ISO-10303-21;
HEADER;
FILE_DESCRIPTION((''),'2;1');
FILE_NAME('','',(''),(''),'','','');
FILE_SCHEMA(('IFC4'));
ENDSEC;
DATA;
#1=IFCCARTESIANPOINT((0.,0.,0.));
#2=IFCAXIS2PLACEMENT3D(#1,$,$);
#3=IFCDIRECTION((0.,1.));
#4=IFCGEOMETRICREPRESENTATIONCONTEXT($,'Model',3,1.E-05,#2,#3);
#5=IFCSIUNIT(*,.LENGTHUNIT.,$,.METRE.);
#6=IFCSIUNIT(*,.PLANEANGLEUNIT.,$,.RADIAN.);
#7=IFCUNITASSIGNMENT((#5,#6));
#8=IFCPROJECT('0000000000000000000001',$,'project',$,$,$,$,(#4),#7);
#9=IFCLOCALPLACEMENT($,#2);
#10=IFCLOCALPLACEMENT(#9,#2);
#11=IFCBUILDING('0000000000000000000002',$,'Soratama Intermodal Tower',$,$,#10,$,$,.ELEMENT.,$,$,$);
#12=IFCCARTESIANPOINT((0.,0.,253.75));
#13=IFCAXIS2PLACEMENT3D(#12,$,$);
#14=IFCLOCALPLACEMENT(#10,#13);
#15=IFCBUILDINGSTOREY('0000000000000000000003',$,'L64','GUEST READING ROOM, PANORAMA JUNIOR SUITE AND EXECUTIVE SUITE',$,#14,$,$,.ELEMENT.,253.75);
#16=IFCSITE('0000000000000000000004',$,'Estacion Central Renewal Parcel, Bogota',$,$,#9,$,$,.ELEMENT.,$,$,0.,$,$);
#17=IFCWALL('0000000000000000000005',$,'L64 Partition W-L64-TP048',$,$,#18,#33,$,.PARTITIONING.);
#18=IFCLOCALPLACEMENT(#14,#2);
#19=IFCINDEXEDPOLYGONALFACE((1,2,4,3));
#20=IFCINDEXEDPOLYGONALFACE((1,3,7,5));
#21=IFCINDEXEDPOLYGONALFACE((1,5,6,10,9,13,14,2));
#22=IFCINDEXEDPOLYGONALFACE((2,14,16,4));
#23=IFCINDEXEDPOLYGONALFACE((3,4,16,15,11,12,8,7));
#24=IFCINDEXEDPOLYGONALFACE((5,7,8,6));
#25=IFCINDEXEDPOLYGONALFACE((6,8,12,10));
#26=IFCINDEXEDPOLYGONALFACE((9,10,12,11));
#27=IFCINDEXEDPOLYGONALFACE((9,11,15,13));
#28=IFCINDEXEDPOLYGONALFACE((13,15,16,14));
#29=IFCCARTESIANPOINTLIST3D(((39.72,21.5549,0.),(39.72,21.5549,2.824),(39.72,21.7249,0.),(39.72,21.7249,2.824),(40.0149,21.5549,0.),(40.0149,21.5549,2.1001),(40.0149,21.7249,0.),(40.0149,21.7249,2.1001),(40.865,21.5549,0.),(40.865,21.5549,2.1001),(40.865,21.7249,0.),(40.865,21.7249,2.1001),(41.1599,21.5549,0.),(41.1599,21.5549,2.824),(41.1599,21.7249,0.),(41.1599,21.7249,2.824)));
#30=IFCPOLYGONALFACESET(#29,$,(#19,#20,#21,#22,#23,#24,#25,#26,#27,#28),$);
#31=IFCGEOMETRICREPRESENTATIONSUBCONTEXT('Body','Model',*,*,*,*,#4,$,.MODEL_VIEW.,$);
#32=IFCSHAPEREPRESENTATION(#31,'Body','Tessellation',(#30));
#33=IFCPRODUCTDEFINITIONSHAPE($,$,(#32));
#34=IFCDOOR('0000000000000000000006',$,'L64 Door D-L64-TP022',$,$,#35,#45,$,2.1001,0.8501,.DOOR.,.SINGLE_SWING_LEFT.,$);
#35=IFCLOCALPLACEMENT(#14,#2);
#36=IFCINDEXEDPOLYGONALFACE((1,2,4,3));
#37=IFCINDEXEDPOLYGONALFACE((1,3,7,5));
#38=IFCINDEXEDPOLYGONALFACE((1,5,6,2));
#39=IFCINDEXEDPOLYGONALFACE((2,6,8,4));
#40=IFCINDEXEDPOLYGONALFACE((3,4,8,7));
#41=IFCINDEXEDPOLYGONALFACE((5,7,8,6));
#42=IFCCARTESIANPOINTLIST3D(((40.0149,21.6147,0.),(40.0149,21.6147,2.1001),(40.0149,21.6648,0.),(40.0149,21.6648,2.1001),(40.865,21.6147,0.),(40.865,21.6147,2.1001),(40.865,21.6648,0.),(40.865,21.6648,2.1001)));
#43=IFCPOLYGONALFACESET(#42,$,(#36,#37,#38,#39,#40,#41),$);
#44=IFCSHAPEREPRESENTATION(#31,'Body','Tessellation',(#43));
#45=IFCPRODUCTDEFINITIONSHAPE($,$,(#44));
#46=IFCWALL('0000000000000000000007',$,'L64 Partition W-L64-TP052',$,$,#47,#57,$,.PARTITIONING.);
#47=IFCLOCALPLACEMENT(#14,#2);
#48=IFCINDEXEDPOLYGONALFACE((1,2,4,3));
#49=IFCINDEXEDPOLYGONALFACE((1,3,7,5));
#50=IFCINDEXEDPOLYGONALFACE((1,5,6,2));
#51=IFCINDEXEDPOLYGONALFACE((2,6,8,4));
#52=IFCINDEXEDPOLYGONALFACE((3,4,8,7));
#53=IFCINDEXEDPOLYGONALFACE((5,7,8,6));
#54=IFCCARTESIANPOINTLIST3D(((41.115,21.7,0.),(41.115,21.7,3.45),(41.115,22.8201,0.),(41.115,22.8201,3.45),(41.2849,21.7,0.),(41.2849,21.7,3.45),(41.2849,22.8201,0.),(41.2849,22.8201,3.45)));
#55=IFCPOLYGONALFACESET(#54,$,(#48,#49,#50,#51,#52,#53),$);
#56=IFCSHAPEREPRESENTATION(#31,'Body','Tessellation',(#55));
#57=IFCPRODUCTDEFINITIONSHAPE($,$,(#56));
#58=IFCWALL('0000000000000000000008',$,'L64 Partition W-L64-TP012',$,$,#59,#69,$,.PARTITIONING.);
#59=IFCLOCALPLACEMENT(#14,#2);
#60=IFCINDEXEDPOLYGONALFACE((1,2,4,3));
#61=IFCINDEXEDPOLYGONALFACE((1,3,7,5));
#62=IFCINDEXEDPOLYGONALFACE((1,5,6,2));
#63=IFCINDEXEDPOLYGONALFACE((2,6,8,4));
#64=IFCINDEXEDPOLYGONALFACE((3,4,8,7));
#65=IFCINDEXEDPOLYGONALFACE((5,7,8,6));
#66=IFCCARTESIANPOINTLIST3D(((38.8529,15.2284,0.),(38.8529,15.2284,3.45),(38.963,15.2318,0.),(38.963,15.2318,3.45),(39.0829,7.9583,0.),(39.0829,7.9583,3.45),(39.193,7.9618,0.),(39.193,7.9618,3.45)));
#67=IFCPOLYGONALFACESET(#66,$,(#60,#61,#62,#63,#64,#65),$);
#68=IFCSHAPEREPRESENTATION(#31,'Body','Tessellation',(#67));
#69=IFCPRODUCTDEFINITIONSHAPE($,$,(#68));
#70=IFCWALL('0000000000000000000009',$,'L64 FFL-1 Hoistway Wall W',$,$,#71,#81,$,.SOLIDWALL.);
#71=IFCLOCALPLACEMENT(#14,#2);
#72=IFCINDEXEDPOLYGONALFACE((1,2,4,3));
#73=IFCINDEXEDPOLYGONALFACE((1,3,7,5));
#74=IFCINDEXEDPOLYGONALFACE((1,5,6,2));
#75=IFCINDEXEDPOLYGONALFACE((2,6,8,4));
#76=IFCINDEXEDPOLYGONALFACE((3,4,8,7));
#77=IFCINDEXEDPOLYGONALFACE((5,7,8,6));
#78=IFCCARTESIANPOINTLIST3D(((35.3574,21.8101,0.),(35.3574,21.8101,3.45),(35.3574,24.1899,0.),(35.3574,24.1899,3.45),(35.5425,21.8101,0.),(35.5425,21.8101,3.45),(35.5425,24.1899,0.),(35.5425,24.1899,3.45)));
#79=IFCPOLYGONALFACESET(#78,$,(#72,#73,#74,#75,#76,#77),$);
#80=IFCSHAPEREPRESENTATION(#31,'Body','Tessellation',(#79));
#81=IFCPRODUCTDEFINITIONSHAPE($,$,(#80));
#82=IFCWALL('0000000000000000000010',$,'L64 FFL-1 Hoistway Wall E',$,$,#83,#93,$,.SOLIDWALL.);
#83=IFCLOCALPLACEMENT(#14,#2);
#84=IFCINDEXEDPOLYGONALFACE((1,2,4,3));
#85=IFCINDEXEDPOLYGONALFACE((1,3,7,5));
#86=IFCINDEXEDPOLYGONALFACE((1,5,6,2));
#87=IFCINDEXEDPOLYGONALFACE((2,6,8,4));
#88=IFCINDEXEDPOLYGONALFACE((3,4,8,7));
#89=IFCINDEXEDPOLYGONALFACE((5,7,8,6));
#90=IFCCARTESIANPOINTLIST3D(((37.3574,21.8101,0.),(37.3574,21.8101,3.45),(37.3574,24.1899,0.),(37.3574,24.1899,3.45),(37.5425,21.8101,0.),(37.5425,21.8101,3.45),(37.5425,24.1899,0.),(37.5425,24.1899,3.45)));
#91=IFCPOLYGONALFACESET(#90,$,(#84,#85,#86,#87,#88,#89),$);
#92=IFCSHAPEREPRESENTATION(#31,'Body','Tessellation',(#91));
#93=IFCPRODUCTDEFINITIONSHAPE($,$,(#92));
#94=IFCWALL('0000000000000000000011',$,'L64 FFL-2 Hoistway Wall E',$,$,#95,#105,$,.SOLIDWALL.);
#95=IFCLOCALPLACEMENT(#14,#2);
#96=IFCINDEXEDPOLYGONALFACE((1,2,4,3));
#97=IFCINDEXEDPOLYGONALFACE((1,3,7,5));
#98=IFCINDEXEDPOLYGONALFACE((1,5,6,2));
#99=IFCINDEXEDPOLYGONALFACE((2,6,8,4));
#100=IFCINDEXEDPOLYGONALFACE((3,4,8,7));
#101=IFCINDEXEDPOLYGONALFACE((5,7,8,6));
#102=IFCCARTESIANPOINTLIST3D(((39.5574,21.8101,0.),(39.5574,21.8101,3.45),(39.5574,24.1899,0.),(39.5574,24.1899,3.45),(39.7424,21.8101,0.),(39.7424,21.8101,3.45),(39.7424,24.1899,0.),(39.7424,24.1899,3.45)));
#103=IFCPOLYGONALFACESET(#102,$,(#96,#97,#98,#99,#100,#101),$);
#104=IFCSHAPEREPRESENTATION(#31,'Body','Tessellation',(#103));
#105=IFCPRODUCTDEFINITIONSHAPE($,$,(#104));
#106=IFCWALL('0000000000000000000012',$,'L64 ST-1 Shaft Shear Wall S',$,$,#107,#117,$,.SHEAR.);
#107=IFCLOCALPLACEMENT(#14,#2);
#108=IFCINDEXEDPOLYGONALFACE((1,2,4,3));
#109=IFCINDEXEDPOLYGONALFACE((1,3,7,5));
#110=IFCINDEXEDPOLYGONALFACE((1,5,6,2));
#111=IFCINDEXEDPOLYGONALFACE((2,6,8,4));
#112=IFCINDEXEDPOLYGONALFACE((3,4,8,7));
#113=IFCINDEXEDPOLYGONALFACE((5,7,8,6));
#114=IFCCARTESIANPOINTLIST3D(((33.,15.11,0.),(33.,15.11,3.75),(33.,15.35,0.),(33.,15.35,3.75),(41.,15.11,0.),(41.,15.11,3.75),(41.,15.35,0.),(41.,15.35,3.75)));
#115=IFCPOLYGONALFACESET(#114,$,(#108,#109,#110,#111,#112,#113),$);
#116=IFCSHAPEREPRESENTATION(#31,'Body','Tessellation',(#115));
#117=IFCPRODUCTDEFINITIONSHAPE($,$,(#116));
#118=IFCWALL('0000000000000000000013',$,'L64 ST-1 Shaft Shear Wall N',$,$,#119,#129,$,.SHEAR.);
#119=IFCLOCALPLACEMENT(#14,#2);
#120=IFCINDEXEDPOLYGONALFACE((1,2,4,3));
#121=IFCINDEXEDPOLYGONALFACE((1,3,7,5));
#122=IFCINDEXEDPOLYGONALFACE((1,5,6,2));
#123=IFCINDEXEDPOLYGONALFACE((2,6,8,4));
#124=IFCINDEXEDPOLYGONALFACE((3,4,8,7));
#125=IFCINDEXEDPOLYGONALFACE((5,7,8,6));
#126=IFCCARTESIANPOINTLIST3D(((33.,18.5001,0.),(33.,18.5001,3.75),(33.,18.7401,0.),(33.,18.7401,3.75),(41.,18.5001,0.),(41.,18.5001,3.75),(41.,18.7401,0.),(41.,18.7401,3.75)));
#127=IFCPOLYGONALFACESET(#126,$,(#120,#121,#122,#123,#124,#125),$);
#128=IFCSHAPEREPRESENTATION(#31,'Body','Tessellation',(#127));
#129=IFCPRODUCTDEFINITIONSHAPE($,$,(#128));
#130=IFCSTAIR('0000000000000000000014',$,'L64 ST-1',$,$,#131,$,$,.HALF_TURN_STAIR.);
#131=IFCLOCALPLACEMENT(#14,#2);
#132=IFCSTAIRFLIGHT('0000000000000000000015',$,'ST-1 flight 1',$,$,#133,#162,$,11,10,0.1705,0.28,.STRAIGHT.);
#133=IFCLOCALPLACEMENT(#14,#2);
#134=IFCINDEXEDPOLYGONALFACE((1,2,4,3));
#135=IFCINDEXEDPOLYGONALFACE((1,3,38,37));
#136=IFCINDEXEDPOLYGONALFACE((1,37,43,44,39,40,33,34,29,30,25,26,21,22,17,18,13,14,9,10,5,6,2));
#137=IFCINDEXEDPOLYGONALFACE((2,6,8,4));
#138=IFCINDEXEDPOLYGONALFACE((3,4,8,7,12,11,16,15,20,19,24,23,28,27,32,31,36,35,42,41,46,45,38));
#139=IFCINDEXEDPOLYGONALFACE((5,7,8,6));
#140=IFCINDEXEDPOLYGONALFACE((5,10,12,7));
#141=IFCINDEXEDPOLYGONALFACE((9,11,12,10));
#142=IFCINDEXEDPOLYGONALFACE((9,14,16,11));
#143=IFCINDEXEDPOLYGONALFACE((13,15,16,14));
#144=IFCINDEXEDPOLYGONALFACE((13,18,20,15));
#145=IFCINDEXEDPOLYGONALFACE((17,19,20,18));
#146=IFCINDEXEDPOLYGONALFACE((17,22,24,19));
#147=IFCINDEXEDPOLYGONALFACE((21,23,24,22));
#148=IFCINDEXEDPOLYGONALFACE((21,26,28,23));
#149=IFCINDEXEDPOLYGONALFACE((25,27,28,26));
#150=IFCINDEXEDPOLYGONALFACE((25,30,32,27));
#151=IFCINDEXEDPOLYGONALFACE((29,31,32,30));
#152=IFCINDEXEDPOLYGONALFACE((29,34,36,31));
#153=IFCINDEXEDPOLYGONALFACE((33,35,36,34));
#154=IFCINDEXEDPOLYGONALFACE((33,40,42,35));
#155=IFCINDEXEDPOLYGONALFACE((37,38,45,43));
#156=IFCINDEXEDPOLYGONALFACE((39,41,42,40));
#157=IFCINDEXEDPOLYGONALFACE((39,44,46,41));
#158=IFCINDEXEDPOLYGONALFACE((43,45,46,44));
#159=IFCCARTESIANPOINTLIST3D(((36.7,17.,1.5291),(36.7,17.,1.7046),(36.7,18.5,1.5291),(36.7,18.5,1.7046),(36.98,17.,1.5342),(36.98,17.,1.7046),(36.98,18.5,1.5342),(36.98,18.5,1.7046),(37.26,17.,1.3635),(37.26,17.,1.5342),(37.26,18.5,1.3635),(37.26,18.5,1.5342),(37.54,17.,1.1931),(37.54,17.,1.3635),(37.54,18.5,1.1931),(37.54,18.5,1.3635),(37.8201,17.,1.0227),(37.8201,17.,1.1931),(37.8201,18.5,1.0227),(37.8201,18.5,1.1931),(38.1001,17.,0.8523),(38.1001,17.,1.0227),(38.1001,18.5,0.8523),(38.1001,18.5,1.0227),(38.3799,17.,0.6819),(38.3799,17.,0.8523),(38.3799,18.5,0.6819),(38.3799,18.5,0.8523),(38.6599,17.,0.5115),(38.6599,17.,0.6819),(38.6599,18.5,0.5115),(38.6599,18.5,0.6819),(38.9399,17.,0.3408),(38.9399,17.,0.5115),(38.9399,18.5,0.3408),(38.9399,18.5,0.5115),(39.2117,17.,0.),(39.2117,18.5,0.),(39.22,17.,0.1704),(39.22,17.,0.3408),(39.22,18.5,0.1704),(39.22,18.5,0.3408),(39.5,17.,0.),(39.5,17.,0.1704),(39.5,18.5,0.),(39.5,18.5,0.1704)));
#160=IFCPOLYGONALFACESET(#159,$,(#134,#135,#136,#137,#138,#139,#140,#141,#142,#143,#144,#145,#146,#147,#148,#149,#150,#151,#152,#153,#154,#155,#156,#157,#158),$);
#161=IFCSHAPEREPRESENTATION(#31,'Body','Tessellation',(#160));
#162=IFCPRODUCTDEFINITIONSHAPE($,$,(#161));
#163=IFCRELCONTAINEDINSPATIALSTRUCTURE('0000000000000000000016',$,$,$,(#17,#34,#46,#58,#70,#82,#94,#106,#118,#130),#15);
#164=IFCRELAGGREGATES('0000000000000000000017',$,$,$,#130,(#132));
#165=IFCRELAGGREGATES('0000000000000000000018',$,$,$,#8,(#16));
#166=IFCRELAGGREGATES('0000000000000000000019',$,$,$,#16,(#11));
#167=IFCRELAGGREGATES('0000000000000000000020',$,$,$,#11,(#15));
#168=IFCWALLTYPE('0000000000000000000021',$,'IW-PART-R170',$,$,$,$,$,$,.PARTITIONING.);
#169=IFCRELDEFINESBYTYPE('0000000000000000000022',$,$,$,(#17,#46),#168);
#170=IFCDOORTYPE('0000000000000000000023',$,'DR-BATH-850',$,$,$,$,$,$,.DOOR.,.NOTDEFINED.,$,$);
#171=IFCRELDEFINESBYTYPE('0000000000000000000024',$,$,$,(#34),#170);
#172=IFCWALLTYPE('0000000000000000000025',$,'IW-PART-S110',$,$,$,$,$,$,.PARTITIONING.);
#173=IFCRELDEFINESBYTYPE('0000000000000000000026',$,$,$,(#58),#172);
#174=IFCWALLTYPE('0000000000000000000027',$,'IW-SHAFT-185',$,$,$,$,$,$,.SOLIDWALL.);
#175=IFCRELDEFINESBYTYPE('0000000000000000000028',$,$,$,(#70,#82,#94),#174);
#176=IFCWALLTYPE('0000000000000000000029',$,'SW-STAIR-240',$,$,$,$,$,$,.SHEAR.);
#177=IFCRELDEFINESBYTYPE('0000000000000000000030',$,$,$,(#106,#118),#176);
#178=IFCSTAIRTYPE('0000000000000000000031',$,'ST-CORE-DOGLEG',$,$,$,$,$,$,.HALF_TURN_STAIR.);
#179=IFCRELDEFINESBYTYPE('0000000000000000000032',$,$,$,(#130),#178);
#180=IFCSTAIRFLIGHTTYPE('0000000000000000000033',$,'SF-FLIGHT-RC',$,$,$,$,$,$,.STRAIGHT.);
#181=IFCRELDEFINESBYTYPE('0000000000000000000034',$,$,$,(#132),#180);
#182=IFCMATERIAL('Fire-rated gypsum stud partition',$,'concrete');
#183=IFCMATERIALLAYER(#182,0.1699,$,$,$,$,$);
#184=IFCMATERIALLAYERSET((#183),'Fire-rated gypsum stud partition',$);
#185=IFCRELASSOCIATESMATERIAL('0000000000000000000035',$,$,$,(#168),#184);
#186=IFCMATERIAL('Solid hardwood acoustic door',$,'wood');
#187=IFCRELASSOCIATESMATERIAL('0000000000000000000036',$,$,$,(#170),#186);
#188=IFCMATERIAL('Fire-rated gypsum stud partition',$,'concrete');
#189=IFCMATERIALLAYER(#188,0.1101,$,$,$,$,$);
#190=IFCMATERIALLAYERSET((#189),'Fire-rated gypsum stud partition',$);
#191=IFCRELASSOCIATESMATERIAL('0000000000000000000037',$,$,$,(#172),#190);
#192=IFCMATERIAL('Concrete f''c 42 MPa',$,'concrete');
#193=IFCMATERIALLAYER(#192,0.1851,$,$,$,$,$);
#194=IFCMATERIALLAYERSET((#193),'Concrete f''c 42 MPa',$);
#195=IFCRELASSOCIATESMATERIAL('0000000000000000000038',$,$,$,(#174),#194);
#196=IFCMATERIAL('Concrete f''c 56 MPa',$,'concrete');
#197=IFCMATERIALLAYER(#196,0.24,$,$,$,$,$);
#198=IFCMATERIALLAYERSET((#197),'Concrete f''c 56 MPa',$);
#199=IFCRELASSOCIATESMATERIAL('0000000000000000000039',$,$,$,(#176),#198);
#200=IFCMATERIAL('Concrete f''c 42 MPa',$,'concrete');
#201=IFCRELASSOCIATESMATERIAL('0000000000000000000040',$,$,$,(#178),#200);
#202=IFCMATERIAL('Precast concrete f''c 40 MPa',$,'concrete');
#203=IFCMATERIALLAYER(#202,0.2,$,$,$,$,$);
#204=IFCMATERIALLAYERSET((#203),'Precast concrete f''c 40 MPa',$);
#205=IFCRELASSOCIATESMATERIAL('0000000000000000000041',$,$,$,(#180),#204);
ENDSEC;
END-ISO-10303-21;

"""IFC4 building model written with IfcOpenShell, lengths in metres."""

from ifc_helpers import new_model, si_unit, direction, frame, frame_2d, origin, place, context, subcontext, project, spatial, polyline, rectangle, outline, extrude, material, layer, layer_set, type_object, element, fill, aggregate, save


model = new_model("IFC4")

# Units and contexts
model_context = context("Model", 3, precision=1e-05, world=origin(), true_north=direction((0.0, 1.0)))
body_context = subcontext(model_context, "Body", "Model", "MODEL_VIEW")
ifc_project = project(units=[si_unit("LENGTHUNIT", "METRE"), si_unit("PLANEANGLEUNIT", "RADIAN")], contexts=[model_context])

# Site, building, storey
site_placement = place(None, origin())
site = spatial("IfcSite", under=ifc_project, at=site_placement, Name="Estacion Central Renewal Parcel, Bogota", CompositionType="ELEMENT", RefElevation=0.0)
building_placement = place(site_placement, origin())
building = spatial("IfcBuilding", under=site, at=building_placement, Name="Soratama Intermodal Tower", CompositionType="ELEMENT")
storey_placement = place(building_placement, frame((0.0, 0.0, 253.75)))
storey = spatial("IfcBuildingStorey", under=building, at=storey_placement, Name="L64", Description="GUEST READING ROOM, PANORAMA JUNIOR SUITE AND EXECUTIVE SUITE", CompositionType="ELEMENT", Elevation=253.75)

# Wall, opening, door
ifc_material_1 = material(Name="Fire-rated gypsum stud partition", Category="concrete")
ifc_layer_1 = layer(ifc_material_1, 0.1699)
ifc_layer_set_1 = layer_set([ifc_layer_1], Name="Fire-rated gypsum stud partition")
wall_type_1 = type_object("IfcWallType", Name="IW-PART-R170", PredefinedType="PARTITIONING", material=ifc_layer_set_1)
wall_1_placement = place(storey_placement, frame((39.72, 21.6399, 0.0), z_axis=(0.0, 0.0, 1.0), x_axis=(1.0, 0.0, 0.0)))
wall_1 = element("IfcWall", 1, at=wall_1_placement, inside=storey, type_object=wall_type_1, Name="L64 Partition W-L64-TP048", PredefinedType="PARTITIONING", context=body_context, shape_type="SweptSolid", body=[
    extrude(rectangle(XDim=1.4399, YDim=0.1699, at=frame_2d((0.72, 0.0))), origin(), (0.0, 0.0, 1.0), 2.824),
])
opening_1_placement = place(wall_1_placement, frame((0.2949, 0.0, 0.0)))
opening_1 = element("IfcOpeningElement", 2, at=opening_1_placement, cuts=wall_1, PredefinedType="OPENING", context=body_context, shape_type="SweptSolid", body=[
    extrude(rectangle(XDim=0.8501, YDim=2.1001, at=frame_2d((0.425, 1.05))), frame((0.0, 0.095, 0.0), z_axis=(0.0, -1.0, 0.0), x_axis=(1.0, 0.0, 0.0)), (0.0, 0.0, 1.0), 0.1899),
])
ifc_material_2 = material(Name="Solid hardwood acoustic door", Category="wood")
door_type_1 = type_object("IfcDoorType", Name="DR-BATH-850", OperationType="NOTDEFINED", PredefinedType="DOOR", material=ifc_material_2)
door_1_placement = place(opening_1_placement, origin())
door_1 = element("IfcDoor", 3, at=door_1_placement, inside=storey, type_object=door_type_1, Name="L64 Door D-L64-TP022", OperationType="SINGLE_SWING_LEFT", OverallHeight=2.1001, OverallWidth=0.8501, PredefinedType="DOOR", context=body_context, shape_type="SweptSolid", body=[
    extrude(rectangle(XDim=0.8501, YDim=2.1001, at=frame_2d((0.425, 1.05))), frame((0.0, 0.0249, 0.0), z_axis=(0.0, -1.0, 0.0), x_axis=(1.0, 0.0, 0.0)), (0.0, 0.0, 1.0), 0.05),
])
fill(opening_1, door_1)

# Walls
wall_2_placement = place(storey_placement, frame((41.2, 21.7, 0.0), z_axis=(0.0, 0.0, 1.0), x_axis=(0.0, 1.0, 0.0)))
element("IfcWall", 4, at=wall_2_placement, inside=storey, type_object=wall_type_1, Name="L64 Partition W-L64-TP052", PredefinedType="PARTITIONING", context=body_context, shape_type="SweptSolid", body=[
    extrude(rectangle(XDim=1.1201, YDim=0.1699, at=frame_2d((0.5601, 0.0))), origin(), (0.0, 0.0, 1.0), 3.45),
])
ifc_material_3 = material(Name="Fire-rated gypsum stud partition", Category="concrete")
ifc_layer_2 = layer(ifc_material_3, 0.1101)
ifc_layer_set_2 = layer_set([ifc_layer_2], Name="Fire-rated gypsum stud partition")
wall_type_2 = type_object("IfcWallType", Name="IW-PART-S110", PredefinedType="PARTITIONING", material=ifc_layer_set_2)
wall_3_placement = place(storey_placement, frame((38.908, 15.23, 0.0), z_axis=(0.0, 0.0, 1.0), x_axis=(0.031618, -0.9995, 0.0)))
element("IfcWall", 5, at=wall_3_placement, inside=storey, type_object=wall_type_2, Name="L64 Partition W-L64-TP012", PredefinedType="PARTITIONING", context=body_context, shape_type="SweptSolid", body=[
    extrude(rectangle(XDim=7.2737, YDim=0.1101, at=frame_2d((3.6367, 0.0))), origin(), (0.0, 0.0, 1.0), 3.45),
])

# Shared definitions
ifc_material_4 = material(Name="Concrete f'c 42 MPa", Category="concrete")
ifc_layer_3 = layer(ifc_material_4, 0.1851)
ifc_layer_set_3 = layer_set([ifc_layer_3], Name="Concrete f'c 42 MPa")
wall_type_3 = type_object("IfcWallType", Name="IW-SHAFT-185", PredefinedType="SOLIDWALL", material=ifc_layer_set_3)

# Walls
for number, where, z_axis, x_axis, name in (
    (6, (35.45, 21.8101, 0.0), (0.0, 0.0, 1.0), (0.0, 1.0, 0.0), "L64 FFL-1 Hoistway Wall W"),
    (7, (37.45, 21.8101, 0.0), (0.0, 0.0, 1.0), (0.0, 1.0, 0.0), "L64 FFL-1 Hoistway Wall E"),
):
    element("IfcWall", number, at=place(storey_placement, frame(where, z_axis=z_axis, x_axis=x_axis)), inside=storey, type_object=wall_type_3, Name=name, PredefinedType="SOLIDWALL", context=body_context, shape_type="SweptSolid", body=[
        extrude(rectangle(XDim=2.3799, YDim=0.1851, at=frame_2d((1.1899, 0.0))), origin(), (0.0, 0.0, 1.0), 3.45),
    ])

# Wall
wall_4_placement = place(storey_placement, frame((39.6499, 21.8101, 0.0), z_axis=(0.0, 0.0, 1.0), x_axis=(0.0, 1.0, 0.0)))
element("IfcWall", 8, at=wall_4_placement, inside=storey, type_object=wall_type_3, Name="L64 FFL-2 Hoistway Wall E", PredefinedType="SOLIDWALL", context=body_context, shape_type="SweptSolid", body=[
    extrude(rectangle(XDim=2.3799, YDim=0.1851, at=frame_2d((1.1899, 0.0))), origin(), (0.0, 0.0, 1.0), 3.45),
])

# Walls
ifc_material_5 = material(Name="Concrete f'c 56 MPa", Category="concrete")
ifc_layer_4 = layer(ifc_material_5, 0.24)
ifc_layer_set_4 = layer_set([ifc_layer_4], Name="Concrete f'c 56 MPa")
wall_type_4 = type_object("IfcWallType", Name="SW-STAIR-240", PredefinedType="SHEAR", material=ifc_layer_set_4)
for number, where, z_axis, x_axis, name in (
    (9, (33.0, 15.23, 0.0), (0.0, 0.0, 1.0), (1.0, 0.0, 0.0), "L64 ST-1 Shaft Shear Wall S"),
    (10, (33.0, 18.6201, 0.0), (0.0, 0.0, 1.0), (1.0, 0.0, 0.0), "L64 ST-1 Shaft Shear Wall N"),
):
    element("IfcWall", number, at=place(storey_placement, frame(where, z_axis=z_axis, x_axis=x_axis)), inside=storey, type_object=wall_type_4, Name=name, PredefinedType="SHEAR", context=body_context, shape_type="SweptSolid", body=[
        extrude(rectangle(XDim=8.0, YDim=0.24, at=frame_2d((4.0, 0.0))), origin(), (0.0, 0.0, 1.0), 3.75),
    ])

# Stair, stair flight
ifc_material_6 = material(Name="Concrete f'c 42 MPa", Category="concrete")
stair_type = type_object("IfcStairType", Name="ST-CORE-DOGLEG", PredefinedType="HALF_TURN_STAIR", material=ifc_material_6)
stair_placement = place(storey_placement, origin())
stair = element("IfcStair", 11, at=stair_placement, inside=storey, type_object=stair_type, Name="L64 ST-1", PredefinedType="HALF_TURN_STAIR")
ifc_material_7 = material(Name="Precast concrete f'c 40 MPa", Category="concrete")
ifc_layer_5 = layer(ifc_material_7, 0.2)
ifc_layer_set_5 = layer_set([ifc_layer_5], Name="Precast concrete f'c 40 MPa")
stair_flight_type = type_object("IfcStairFlightType", Name="SF-FLIGHT-RC", PredefinedType="STRAIGHT", material=ifc_layer_set_5)
stair_flight_1_placement = place(storey_placement, frame((39.5, 17.75, 0.0), z_axis=(0.0, 0.0, 1.0), x_axis=(-1.0, 0.0, 0.0)))
stair_flight_1 = element("IfcStairFlight", 12, at=stair_flight_1_placement, type_object=stair_flight_type, Name="ST-1 flight 1", NumberOfRisers=11, NumberOfTreads=10, PredefinedType="STRAIGHT", RiserHeight=0.1705, TreadLength=0.28, context=body_context, shape_type="SweptSolid", body=[
    extrude(outline(polyline([(0.0, 0.0), (0.0, 0.1704), (0.28, 0.1704), (0.28, 0.3408), (0.5601, 0.3408), (0.5601, 0.5115), (0.8401, 0.5115), (0.8401, 0.6819), (1.1201, 0.6819), (1.1201, 0.8523), (1.3999, 0.8523), (1.3999, 1.0227), (1.6799, 1.0227), (1.6799, 1.1931), (1.96, 1.1931), (1.96, 1.3635), (2.24, 1.3635), (2.24, 1.5342), (2.52, 1.5342), (2.52, 1.7046), (2.8, 1.7046), (2.8, 1.875), (2.8, 1.5291), (0.2883, 0.0), (0.0, 0.0)])), frame((0.0, 0.75, 0.0), z_axis=(0.0, -1.0, 0.0), x_axis=(1.0, 0.0, 0.0)), (0.0, 0.0, 1.0), 1.5),
])
aggregate(stair, [stair_flight_1])

save(model, "model.ifc")
